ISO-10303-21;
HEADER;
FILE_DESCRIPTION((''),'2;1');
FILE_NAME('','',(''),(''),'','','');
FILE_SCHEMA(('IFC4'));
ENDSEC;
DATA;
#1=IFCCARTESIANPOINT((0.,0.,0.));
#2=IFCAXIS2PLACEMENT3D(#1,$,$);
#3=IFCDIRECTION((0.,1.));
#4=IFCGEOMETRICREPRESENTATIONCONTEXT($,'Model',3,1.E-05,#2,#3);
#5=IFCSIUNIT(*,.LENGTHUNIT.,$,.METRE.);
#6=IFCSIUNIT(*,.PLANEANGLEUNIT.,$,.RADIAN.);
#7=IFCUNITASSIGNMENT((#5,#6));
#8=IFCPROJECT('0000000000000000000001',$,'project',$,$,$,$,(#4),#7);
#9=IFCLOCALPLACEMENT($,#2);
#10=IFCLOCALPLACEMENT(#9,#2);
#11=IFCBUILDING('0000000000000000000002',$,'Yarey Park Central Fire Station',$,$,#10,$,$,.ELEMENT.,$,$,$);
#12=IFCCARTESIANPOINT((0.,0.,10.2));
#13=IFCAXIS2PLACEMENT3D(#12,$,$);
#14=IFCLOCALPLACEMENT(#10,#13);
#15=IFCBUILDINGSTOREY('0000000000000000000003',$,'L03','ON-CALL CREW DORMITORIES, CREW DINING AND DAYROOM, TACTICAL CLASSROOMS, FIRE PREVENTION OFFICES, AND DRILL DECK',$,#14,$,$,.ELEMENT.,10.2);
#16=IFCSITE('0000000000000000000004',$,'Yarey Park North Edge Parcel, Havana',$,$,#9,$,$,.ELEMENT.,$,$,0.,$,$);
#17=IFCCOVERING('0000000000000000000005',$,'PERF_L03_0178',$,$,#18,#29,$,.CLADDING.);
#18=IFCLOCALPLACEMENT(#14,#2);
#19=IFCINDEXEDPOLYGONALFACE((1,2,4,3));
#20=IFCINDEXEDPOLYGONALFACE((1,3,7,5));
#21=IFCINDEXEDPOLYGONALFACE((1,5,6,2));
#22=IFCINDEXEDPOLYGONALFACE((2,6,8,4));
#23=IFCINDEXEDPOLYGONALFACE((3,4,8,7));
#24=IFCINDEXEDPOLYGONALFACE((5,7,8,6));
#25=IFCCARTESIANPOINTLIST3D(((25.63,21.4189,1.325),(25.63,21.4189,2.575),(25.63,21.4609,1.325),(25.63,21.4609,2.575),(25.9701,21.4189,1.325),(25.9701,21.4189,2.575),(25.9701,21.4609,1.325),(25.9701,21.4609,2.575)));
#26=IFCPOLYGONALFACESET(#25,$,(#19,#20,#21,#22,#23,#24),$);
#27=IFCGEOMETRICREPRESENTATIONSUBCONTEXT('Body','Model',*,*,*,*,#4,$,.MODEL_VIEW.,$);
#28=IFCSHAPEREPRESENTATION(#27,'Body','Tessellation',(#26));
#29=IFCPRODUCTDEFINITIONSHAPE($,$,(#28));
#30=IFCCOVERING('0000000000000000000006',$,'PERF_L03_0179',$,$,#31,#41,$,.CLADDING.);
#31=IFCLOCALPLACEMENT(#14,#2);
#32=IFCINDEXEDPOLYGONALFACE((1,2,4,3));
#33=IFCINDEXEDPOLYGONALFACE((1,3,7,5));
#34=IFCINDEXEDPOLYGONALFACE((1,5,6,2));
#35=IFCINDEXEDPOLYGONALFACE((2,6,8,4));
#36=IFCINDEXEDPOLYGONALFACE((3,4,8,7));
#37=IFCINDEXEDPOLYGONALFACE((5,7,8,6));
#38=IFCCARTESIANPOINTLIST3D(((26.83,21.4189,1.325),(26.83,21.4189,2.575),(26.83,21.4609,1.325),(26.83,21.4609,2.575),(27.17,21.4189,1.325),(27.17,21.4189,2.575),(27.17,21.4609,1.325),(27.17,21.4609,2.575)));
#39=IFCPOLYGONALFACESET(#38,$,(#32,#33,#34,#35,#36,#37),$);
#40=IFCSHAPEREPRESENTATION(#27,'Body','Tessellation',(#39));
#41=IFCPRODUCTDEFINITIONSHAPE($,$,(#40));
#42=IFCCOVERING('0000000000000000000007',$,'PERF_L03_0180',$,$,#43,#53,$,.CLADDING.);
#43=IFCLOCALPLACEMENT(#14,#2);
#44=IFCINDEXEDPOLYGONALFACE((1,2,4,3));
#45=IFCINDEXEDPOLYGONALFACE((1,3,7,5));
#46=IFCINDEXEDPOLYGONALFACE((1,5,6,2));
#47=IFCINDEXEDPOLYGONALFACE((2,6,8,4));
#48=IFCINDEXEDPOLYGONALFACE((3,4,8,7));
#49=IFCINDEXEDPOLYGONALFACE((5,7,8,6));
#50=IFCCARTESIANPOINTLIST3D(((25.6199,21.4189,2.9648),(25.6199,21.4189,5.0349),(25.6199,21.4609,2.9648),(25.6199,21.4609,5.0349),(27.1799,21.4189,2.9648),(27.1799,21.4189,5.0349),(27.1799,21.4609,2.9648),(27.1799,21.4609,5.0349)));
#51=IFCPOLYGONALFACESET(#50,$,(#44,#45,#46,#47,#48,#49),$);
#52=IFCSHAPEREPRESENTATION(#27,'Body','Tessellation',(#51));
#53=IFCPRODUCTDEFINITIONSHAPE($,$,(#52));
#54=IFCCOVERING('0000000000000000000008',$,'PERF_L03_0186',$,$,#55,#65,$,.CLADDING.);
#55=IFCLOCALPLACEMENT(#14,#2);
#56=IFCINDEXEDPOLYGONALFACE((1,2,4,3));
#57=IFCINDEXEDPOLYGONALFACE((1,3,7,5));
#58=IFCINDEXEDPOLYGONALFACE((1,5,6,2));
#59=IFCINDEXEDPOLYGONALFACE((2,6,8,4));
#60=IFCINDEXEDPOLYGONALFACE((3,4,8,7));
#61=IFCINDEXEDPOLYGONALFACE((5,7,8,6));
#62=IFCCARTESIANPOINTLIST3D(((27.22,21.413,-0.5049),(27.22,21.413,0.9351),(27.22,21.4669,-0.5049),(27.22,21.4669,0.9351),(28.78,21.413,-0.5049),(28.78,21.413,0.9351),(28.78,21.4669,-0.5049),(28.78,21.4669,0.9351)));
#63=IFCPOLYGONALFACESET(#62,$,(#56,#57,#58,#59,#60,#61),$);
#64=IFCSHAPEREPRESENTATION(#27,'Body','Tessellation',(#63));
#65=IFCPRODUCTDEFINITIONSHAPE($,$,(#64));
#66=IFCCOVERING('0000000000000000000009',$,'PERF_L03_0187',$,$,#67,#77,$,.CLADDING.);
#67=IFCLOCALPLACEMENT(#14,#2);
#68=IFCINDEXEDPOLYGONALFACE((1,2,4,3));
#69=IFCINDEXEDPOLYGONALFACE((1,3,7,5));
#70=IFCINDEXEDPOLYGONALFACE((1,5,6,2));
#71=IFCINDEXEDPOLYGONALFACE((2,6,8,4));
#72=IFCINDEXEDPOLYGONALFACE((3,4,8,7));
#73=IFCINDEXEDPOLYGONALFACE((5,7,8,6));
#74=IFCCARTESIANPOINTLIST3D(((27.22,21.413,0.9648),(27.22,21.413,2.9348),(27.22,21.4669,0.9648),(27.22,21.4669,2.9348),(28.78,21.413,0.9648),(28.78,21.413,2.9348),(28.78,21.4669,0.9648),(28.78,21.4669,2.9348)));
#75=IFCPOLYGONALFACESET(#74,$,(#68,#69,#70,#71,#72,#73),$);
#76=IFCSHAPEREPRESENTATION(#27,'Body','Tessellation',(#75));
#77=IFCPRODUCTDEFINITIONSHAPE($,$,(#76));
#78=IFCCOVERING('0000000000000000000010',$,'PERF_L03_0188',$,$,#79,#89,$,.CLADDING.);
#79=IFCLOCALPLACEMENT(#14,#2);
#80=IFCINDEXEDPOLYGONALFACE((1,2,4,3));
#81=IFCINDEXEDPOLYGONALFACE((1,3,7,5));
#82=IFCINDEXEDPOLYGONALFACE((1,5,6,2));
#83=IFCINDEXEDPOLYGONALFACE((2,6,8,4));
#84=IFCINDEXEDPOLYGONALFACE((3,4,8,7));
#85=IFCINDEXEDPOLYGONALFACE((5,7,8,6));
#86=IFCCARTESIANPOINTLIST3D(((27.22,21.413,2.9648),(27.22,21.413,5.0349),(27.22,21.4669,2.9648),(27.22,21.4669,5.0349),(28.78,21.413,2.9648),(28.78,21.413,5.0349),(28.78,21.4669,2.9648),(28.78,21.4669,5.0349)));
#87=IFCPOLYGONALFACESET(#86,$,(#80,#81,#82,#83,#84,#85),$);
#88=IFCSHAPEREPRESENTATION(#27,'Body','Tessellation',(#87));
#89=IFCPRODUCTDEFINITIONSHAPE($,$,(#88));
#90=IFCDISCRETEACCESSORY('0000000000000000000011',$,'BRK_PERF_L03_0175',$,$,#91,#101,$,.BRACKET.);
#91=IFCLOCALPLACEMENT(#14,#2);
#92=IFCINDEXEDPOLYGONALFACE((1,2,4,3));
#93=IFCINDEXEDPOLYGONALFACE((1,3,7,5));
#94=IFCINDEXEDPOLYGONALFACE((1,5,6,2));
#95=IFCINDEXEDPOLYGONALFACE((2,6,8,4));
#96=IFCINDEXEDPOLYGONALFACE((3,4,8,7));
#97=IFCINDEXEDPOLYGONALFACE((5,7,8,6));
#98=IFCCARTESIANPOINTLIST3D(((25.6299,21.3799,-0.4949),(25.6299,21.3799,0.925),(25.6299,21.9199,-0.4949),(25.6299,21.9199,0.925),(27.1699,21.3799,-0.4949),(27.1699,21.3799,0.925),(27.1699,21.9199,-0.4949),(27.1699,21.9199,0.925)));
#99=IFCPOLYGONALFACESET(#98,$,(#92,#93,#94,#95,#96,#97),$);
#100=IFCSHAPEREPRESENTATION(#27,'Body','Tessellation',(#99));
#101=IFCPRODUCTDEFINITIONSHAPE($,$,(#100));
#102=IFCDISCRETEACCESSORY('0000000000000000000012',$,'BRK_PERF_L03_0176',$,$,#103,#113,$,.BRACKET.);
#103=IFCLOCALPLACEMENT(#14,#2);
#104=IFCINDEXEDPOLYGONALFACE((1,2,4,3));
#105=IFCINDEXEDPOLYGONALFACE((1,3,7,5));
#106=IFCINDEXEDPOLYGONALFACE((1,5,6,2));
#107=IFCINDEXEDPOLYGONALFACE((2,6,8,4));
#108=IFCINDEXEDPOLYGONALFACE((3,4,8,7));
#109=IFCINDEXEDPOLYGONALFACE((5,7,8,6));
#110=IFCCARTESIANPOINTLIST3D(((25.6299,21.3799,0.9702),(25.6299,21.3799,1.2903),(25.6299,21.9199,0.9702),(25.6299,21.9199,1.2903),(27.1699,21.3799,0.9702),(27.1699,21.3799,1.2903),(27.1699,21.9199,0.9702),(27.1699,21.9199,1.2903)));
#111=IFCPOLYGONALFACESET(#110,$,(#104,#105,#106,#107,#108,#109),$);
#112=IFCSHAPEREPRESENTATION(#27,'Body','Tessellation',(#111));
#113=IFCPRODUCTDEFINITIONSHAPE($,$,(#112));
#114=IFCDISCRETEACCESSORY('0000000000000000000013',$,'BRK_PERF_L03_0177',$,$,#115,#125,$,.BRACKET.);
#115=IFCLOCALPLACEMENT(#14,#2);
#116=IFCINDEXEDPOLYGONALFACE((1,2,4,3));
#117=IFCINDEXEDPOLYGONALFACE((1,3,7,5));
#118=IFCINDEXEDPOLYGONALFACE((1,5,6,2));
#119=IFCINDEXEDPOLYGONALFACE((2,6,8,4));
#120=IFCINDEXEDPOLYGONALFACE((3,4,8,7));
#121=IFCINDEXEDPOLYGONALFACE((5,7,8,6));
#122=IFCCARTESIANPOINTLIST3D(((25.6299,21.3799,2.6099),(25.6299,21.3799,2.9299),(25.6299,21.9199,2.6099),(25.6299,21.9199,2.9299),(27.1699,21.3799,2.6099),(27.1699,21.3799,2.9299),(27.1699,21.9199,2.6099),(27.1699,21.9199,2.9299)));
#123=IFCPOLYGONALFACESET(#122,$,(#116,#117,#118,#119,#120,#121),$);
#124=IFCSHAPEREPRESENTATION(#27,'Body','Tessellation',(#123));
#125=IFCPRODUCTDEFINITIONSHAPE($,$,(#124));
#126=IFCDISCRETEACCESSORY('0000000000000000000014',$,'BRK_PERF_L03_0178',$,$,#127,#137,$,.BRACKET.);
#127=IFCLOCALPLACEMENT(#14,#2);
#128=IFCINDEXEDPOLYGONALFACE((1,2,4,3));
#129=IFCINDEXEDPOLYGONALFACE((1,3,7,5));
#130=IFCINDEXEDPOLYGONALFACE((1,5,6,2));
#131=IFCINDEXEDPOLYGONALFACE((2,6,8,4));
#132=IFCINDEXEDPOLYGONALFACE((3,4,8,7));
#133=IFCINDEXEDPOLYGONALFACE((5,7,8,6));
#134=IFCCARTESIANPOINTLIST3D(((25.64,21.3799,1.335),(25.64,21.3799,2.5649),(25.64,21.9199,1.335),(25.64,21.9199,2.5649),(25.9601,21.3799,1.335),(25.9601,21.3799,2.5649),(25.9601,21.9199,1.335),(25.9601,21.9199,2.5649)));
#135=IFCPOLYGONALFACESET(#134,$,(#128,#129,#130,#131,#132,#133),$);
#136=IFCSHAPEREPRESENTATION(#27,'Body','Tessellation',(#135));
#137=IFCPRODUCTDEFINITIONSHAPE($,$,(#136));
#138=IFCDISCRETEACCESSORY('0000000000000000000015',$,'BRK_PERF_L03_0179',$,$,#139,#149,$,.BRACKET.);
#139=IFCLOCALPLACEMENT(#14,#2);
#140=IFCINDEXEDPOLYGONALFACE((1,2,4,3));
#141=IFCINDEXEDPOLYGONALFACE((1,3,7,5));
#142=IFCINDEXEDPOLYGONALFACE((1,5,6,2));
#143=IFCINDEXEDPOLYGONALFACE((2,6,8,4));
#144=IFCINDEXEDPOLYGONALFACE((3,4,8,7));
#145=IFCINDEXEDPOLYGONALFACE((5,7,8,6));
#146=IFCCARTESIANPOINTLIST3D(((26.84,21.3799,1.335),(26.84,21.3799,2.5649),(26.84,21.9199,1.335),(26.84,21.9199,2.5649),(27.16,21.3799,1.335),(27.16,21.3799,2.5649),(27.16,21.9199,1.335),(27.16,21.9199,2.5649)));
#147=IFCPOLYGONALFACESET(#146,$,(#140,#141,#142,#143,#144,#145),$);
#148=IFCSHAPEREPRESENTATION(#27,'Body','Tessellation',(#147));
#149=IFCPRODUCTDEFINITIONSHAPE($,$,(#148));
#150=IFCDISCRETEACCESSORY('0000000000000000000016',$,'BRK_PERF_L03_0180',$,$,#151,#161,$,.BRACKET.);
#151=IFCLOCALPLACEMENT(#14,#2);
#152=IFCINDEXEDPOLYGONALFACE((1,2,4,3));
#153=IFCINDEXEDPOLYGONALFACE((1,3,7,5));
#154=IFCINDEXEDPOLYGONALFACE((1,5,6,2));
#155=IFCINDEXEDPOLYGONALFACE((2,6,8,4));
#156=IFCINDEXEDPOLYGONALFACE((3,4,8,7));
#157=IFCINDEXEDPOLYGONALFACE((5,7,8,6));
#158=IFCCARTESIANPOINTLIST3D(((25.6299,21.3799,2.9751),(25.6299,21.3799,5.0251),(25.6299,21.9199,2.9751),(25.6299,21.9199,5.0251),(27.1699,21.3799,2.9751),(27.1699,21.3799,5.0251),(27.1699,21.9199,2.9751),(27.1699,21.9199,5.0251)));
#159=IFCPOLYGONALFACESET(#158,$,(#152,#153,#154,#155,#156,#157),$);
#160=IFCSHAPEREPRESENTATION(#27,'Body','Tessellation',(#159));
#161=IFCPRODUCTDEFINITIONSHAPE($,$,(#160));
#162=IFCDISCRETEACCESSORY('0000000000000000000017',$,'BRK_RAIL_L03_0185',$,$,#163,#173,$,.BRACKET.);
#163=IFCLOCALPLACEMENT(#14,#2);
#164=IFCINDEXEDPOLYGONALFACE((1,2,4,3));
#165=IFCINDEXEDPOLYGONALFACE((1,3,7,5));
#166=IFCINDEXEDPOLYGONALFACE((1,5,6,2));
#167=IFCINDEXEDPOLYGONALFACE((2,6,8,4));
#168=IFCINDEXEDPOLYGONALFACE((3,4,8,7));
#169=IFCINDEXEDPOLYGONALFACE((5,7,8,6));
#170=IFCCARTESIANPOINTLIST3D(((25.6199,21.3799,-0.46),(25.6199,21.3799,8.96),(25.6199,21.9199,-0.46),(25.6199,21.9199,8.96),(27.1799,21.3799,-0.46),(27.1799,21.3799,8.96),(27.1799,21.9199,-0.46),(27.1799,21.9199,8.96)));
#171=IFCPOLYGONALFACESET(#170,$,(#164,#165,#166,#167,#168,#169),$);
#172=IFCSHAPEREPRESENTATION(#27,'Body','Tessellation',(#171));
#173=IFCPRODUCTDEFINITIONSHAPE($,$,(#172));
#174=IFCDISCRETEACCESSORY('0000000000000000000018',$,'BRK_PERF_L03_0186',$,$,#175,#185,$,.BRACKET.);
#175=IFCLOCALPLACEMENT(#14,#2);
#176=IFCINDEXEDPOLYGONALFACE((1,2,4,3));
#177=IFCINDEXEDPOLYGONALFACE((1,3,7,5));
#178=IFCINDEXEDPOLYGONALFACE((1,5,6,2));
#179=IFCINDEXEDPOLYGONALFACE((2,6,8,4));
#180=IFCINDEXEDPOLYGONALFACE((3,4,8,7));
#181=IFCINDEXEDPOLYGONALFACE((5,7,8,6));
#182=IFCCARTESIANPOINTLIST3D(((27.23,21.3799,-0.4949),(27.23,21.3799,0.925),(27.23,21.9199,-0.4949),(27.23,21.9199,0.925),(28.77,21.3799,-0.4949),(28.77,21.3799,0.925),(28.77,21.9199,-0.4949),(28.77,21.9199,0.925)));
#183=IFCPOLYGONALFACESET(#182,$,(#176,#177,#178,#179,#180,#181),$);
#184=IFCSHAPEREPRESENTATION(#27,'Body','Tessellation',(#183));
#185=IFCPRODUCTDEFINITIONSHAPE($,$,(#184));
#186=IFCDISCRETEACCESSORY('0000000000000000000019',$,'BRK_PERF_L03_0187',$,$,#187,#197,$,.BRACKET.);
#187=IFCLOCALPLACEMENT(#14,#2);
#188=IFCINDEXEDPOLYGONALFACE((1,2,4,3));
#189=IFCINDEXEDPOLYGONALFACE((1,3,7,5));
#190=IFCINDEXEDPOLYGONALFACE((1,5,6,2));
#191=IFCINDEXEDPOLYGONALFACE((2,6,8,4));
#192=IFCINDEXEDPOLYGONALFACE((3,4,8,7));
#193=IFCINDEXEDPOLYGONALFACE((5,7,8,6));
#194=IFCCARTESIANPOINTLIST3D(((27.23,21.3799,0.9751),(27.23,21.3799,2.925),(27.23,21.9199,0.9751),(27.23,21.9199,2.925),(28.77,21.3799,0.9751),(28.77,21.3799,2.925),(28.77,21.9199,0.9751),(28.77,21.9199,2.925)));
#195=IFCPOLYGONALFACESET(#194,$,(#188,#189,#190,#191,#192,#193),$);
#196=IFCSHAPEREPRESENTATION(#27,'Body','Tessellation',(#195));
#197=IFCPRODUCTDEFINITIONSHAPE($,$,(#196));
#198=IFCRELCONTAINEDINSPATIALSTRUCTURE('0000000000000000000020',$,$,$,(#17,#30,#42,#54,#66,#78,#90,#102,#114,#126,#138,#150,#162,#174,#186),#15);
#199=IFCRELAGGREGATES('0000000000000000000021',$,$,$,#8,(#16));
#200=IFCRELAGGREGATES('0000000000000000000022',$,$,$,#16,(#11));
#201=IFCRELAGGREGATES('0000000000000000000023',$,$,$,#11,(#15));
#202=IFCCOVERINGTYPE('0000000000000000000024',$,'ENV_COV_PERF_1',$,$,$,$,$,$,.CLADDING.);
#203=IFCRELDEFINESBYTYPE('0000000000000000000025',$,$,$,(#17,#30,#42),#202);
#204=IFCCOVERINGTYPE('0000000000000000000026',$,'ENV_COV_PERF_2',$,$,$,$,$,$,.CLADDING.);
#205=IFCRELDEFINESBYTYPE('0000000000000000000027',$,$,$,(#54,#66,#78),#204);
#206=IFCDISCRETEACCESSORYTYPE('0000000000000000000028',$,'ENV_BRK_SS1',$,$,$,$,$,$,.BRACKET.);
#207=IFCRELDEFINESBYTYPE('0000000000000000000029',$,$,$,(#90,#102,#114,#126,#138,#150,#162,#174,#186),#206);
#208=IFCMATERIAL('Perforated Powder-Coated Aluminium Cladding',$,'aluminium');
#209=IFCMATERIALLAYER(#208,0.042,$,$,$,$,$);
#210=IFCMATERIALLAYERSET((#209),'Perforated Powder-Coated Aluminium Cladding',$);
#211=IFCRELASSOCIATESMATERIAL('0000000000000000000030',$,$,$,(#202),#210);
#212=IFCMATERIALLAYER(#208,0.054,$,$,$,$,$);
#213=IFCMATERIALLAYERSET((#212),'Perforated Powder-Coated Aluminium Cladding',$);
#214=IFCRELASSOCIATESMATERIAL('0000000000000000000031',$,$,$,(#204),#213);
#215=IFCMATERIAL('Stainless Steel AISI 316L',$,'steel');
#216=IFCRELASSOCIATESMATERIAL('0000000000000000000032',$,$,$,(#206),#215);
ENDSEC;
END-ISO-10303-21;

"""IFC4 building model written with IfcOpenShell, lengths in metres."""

from ifc_helpers import new_model, si_unit, direction, frame, origin, origin_2d, place, context, subcontext, project, spatial, rectangle, extrude, material, layer, layer_set, type_object, element, save


model = new_model("IFC4")

# Units and contexts
model_context = context("Model", 3, precision=1e-05, world=origin(), true_north=direction((0.0, 1.0)))
body_context = subcontext(model_context, "Body", "Model", "MODEL_VIEW")
ifc_project = project(units=[si_unit("LENGTHUNIT", "METRE"), si_unit("PLANEANGLEUNIT", "RADIAN")], contexts=[model_context])

# Site, building, storey
site_placement = place(None, origin())
site = spatial("IfcSite", under=ifc_project, at=site_placement, Name="Yarey Park North Edge Parcel, Havana", CompositionType="ELEMENT", RefElevation=0.0)
building_placement = place(site_placement, origin())
building = spatial("IfcBuilding", under=site, at=building_placement, Name="Yarey Park Central Fire Station", CompositionType="ELEMENT")
storey_placement = place(building_placement, frame((0.0, 0.0, 10.2)))
storey = spatial("IfcBuildingStorey", under=building, at=storey_placement, Name="L03", Description="ON-CALL CREW DORMITORIES, CREW DINING AND DAYROOM, TACTICAL CLASSROOMS, FIRE PREVENTION OFFICES, AND DRILL DECK", CompositionType="ELEMENT", Elevation=10.2)

# Coverings
ifc_material_1 = material(Name="Perforated Powder-Coated Aluminium Cladding", Category="aluminium")
ifc_layer_1 = layer(ifc_material_1, 0.042)
ifc_layer_set_1 = layer_set([ifc_layer_1], Name="Perforated Powder-Coated Aluminium Cladding")
covering_type_1 = type_object("IfcCoveringType", Name="ENV_COV_PERF_1", PredefinedType="CLADDING", material=ifc_layer_set_1)
for number, where, z_axis, x_axis, name in (
    (1, (25.8, 21.4399, 1.325), (0.0, 0.0, 1.0), (1.0, 0.0, 0.0), "PERF_L03_0178"),
    (2, (27.0, 21.4399, 1.325), (0.0, 0.0, 1.0), (1.0, 0.0, 0.0), "PERF_L03_0179"),
):
    element("IfcCovering", number, at=place(storey_placement, frame(where, z_axis=z_axis, x_axis=x_axis)), inside=storey, type_object=covering_type_1, Name=name, PredefinedType="CLADDING", context=body_context, shape_type="SweptSolid", body=[
        extrude(rectangle(XDim=0.3401, YDim=0.042, at=origin_2d()), origin(), (0.0, 0.0, 1.0), 1.25),
    ])
covering_1_placement = place(storey_placement, frame((26.3999, 21.4399, 2.9648), z_axis=(0.0, 0.0, 1.0), x_axis=(1.0, 0.0, 0.0)))
element("IfcCovering", 3, at=covering_1_placement, inside=storey, type_object=covering_type_1, Name="PERF_L03_0180", PredefinedType="CLADDING", context=body_context, shape_type="SweptSolid", body=[
    extrude(rectangle(XDim=1.5601, YDim=0.042, at=origin_2d()), origin(), (0.0, 0.0, 1.0), 2.0701),
])
ifc_layer_2 = layer(ifc_material_1, 0.054)
ifc_layer_set_2 = layer_set([ifc_layer_2], Name="Perforated Powder-Coated Aluminium Cladding")
covering_type_2 = type_object("IfcCoveringType", Name="ENV_COV_PERF_2", PredefinedType="CLADDING", material=ifc_layer_set_2)
covering_2_placement = place(storey_placement, frame((28.0, 21.4399, -0.5049), z_axis=(0.0, 0.0, 1.0), x_axis=(1.0, 0.0, 0.0)))
element("IfcCovering", 4, at=covering_2_placement, inside=storey, type_object=covering_type_2, Name="PERF_L03_0186", PredefinedType="CLADDING", context=body_context, shape_type="SweptSolid", body=[
    extrude(rectangle(XDim=1.5601, YDim=0.054, at=origin_2d()), origin(), (0.0, 0.0, 1.0), 1.4399),
])
covering_3_placement = place(storey_placement, frame((28.0, 21.4399, 0.9648), z_axis=(0.0, 0.0, 1.0), x_axis=(1.0, 0.0, 0.0)))
element("IfcCovering", 5, at=covering_3_placement, inside=storey, type_object=covering_type_2, Name="PERF_L03_0187", PredefinedType="CLADDING", context=body_context, shape_type="SweptSolid", body=[
    extrude(rectangle(XDim=1.5601, YDim=0.054, at=origin_2d()), origin(), (0.0, 0.0, 1.0), 1.97),
])
covering_4_placement = place(storey_placement, frame((28.0, 21.4399, 2.9648), z_axis=(0.0, 0.0, 1.0), x_axis=(1.0, 0.0, 0.0)))
element("IfcCovering", 6, at=covering_4_placement, inside=storey, type_object=covering_type_2, Name="PERF_L03_0188", PredefinedType="CLADDING", context=body_context, shape_type="SweptSolid", body=[
    extrude(rectangle(XDim=1.5601, YDim=0.054, at=origin_2d()), origin(), (0.0, 0.0, 1.0), 2.0701),
])

# Discrete accessories
ifc_material_2 = material(Name="Stainless Steel AISI 316L", Category="steel")
discrete_accessory_type = type_object("IfcDiscreteAccessoryType", Name="ENV_BRK_SS1", PredefinedType="BRACKET", material=ifc_material_2)
discrete_accessory_1_placement = place(storey_placement, frame((26.3999, 21.6499, -0.4949), z_axis=(0.0, 0.0, 1.0), x_axis=(1.0, 0.0, 0.0)))
element("IfcDiscreteAccessory", 7, at=discrete_accessory_1_placement, inside=storey, type_object=discrete_accessory_type, Name="BRK_PERF_L03_0175", PredefinedType="BRACKET", context=body_context, shape_type="SweptSolid", body=[
    extrude(rectangle(XDim=1.54, YDim=0.54, at=origin_2d()), origin(), (0.0, 0.0, 1.0), 1.4199),
])
for number, where, z_axis, x_axis, name in (
    (8, (26.3999, 21.6499, 0.9702), (0.0, 0.0, 1.0), (1.0, 0.0, 0.0), "BRK_PERF_L03_0176"),
    (9, (26.3999, 21.6499, 2.6099), (0.0, 0.0, 1.0), (1.0, 0.0, 0.0), "BRK_PERF_L03_0177"),
):
    element("IfcDiscreteAccessory", number, at=place(storey_placement, frame(where, z_axis=z_axis, x_axis=x_axis)), inside=storey, type_object=discrete_accessory_type, Name=name, PredefinedType="BRACKET", context=body_context, shape_type="SweptSolid", body=[
        extrude(rectangle(XDim=1.54, YDim=0.54, at=origin_2d()), origin(), (0.0, 0.0, 1.0), 0.3201),
    ])
for number, where, z_axis, x_axis, name in (
    (10, (25.8, 21.6499, 1.335), (0.0, 0.0, 1.0), (1.0, 0.0, 0.0), "BRK_PERF_L03_0178"),
    (11, (27.0, 21.6499, 1.335), (0.0, 0.0, 1.0), (1.0, 0.0, 0.0), "BRK_PERF_L03_0179"),
):
    element("IfcDiscreteAccessory", number, at=place(storey_placement, frame(where, z_axis=z_axis, x_axis=x_axis)), inside=storey, type_object=discrete_accessory_type, Name=name, PredefinedType="BRACKET", context=body_context, shape_type="SweptSolid", body=[
        extrude(rectangle(XDim=0.3201, YDim=0.54, at=origin_2d()), origin(), (0.0, 0.0, 1.0), 1.23),
    ])
discrete_accessory_2_placement = place(storey_placement, frame((26.3999, 21.6499, 2.9751), z_axis=(0.0, 0.0, 1.0), x_axis=(1.0, 0.0, 0.0)))
element("IfcDiscreteAccessory", 12, at=discrete_accessory_2_placement, inside=storey, type_object=discrete_accessory_type, Name="BRK_PERF_L03_0180", PredefinedType="BRACKET", context=body_context, shape_type="SweptSolid", body=[
    extrude(rectangle(XDim=1.54, YDim=0.54, at=origin_2d()), origin(), (0.0, 0.0, 1.0), 2.05),
])
discrete_accessory_3_placement = place(storey_placement, frame((26.3999, 21.6499, -0.46), z_axis=(0.0, 0.0, 1.0), x_axis=(1.0, 0.0, 0.0)))
element("IfcDiscreteAccessory", 13, at=discrete_accessory_3_placement, inside=storey, type_object=discrete_accessory_type, Name="BRK_RAIL_L03_0185", PredefinedType="BRACKET", context=body_context, shape_type="SweptSolid", body=[
    extrude(rectangle(XDim=1.5601, YDim=0.54, at=origin_2d()), origin(), (0.0, 0.0, 1.0), 9.4199),
])
discrete_accessory_4_placement = place(storey_placement, frame((28.0, 21.6499, -0.4949), z_axis=(0.0, 0.0, 1.0), x_axis=(1.0, 0.0, 0.0)))
element("IfcDiscreteAccessory", 14, at=discrete_accessory_4_placement, inside=storey, type_object=discrete_accessory_type, Name="BRK_PERF_L03_0186", PredefinedType="BRACKET", context=body_context, shape_type="SweptSolid", body=[
    extrude(rectangle(XDim=1.54, YDim=0.54, at=origin_2d()), origin(), (0.0, 0.0, 1.0), 1.4199),
])
discrete_accessory_5_placement = place(storey_placement, frame((28.0, 21.6499, 0.9751), z_axis=(0.0, 0.0, 1.0), x_axis=(1.0, 0.0, 0.0)))
element("IfcDiscreteAccessory", 15, at=discrete_accessory_5_placement, inside=storey, type_object=discrete_accessory_type, Name="BRK_PERF_L03_0187", PredefinedType="BRACKET", context=body_context, shape_type="SweptSolid", body=[
    extrude(rectangle(XDim=1.54, YDim=0.54, at=origin_2d()), origin(), (0.0, 0.0, 1.0), 1.95),
])

save(model, "model.ifc")
